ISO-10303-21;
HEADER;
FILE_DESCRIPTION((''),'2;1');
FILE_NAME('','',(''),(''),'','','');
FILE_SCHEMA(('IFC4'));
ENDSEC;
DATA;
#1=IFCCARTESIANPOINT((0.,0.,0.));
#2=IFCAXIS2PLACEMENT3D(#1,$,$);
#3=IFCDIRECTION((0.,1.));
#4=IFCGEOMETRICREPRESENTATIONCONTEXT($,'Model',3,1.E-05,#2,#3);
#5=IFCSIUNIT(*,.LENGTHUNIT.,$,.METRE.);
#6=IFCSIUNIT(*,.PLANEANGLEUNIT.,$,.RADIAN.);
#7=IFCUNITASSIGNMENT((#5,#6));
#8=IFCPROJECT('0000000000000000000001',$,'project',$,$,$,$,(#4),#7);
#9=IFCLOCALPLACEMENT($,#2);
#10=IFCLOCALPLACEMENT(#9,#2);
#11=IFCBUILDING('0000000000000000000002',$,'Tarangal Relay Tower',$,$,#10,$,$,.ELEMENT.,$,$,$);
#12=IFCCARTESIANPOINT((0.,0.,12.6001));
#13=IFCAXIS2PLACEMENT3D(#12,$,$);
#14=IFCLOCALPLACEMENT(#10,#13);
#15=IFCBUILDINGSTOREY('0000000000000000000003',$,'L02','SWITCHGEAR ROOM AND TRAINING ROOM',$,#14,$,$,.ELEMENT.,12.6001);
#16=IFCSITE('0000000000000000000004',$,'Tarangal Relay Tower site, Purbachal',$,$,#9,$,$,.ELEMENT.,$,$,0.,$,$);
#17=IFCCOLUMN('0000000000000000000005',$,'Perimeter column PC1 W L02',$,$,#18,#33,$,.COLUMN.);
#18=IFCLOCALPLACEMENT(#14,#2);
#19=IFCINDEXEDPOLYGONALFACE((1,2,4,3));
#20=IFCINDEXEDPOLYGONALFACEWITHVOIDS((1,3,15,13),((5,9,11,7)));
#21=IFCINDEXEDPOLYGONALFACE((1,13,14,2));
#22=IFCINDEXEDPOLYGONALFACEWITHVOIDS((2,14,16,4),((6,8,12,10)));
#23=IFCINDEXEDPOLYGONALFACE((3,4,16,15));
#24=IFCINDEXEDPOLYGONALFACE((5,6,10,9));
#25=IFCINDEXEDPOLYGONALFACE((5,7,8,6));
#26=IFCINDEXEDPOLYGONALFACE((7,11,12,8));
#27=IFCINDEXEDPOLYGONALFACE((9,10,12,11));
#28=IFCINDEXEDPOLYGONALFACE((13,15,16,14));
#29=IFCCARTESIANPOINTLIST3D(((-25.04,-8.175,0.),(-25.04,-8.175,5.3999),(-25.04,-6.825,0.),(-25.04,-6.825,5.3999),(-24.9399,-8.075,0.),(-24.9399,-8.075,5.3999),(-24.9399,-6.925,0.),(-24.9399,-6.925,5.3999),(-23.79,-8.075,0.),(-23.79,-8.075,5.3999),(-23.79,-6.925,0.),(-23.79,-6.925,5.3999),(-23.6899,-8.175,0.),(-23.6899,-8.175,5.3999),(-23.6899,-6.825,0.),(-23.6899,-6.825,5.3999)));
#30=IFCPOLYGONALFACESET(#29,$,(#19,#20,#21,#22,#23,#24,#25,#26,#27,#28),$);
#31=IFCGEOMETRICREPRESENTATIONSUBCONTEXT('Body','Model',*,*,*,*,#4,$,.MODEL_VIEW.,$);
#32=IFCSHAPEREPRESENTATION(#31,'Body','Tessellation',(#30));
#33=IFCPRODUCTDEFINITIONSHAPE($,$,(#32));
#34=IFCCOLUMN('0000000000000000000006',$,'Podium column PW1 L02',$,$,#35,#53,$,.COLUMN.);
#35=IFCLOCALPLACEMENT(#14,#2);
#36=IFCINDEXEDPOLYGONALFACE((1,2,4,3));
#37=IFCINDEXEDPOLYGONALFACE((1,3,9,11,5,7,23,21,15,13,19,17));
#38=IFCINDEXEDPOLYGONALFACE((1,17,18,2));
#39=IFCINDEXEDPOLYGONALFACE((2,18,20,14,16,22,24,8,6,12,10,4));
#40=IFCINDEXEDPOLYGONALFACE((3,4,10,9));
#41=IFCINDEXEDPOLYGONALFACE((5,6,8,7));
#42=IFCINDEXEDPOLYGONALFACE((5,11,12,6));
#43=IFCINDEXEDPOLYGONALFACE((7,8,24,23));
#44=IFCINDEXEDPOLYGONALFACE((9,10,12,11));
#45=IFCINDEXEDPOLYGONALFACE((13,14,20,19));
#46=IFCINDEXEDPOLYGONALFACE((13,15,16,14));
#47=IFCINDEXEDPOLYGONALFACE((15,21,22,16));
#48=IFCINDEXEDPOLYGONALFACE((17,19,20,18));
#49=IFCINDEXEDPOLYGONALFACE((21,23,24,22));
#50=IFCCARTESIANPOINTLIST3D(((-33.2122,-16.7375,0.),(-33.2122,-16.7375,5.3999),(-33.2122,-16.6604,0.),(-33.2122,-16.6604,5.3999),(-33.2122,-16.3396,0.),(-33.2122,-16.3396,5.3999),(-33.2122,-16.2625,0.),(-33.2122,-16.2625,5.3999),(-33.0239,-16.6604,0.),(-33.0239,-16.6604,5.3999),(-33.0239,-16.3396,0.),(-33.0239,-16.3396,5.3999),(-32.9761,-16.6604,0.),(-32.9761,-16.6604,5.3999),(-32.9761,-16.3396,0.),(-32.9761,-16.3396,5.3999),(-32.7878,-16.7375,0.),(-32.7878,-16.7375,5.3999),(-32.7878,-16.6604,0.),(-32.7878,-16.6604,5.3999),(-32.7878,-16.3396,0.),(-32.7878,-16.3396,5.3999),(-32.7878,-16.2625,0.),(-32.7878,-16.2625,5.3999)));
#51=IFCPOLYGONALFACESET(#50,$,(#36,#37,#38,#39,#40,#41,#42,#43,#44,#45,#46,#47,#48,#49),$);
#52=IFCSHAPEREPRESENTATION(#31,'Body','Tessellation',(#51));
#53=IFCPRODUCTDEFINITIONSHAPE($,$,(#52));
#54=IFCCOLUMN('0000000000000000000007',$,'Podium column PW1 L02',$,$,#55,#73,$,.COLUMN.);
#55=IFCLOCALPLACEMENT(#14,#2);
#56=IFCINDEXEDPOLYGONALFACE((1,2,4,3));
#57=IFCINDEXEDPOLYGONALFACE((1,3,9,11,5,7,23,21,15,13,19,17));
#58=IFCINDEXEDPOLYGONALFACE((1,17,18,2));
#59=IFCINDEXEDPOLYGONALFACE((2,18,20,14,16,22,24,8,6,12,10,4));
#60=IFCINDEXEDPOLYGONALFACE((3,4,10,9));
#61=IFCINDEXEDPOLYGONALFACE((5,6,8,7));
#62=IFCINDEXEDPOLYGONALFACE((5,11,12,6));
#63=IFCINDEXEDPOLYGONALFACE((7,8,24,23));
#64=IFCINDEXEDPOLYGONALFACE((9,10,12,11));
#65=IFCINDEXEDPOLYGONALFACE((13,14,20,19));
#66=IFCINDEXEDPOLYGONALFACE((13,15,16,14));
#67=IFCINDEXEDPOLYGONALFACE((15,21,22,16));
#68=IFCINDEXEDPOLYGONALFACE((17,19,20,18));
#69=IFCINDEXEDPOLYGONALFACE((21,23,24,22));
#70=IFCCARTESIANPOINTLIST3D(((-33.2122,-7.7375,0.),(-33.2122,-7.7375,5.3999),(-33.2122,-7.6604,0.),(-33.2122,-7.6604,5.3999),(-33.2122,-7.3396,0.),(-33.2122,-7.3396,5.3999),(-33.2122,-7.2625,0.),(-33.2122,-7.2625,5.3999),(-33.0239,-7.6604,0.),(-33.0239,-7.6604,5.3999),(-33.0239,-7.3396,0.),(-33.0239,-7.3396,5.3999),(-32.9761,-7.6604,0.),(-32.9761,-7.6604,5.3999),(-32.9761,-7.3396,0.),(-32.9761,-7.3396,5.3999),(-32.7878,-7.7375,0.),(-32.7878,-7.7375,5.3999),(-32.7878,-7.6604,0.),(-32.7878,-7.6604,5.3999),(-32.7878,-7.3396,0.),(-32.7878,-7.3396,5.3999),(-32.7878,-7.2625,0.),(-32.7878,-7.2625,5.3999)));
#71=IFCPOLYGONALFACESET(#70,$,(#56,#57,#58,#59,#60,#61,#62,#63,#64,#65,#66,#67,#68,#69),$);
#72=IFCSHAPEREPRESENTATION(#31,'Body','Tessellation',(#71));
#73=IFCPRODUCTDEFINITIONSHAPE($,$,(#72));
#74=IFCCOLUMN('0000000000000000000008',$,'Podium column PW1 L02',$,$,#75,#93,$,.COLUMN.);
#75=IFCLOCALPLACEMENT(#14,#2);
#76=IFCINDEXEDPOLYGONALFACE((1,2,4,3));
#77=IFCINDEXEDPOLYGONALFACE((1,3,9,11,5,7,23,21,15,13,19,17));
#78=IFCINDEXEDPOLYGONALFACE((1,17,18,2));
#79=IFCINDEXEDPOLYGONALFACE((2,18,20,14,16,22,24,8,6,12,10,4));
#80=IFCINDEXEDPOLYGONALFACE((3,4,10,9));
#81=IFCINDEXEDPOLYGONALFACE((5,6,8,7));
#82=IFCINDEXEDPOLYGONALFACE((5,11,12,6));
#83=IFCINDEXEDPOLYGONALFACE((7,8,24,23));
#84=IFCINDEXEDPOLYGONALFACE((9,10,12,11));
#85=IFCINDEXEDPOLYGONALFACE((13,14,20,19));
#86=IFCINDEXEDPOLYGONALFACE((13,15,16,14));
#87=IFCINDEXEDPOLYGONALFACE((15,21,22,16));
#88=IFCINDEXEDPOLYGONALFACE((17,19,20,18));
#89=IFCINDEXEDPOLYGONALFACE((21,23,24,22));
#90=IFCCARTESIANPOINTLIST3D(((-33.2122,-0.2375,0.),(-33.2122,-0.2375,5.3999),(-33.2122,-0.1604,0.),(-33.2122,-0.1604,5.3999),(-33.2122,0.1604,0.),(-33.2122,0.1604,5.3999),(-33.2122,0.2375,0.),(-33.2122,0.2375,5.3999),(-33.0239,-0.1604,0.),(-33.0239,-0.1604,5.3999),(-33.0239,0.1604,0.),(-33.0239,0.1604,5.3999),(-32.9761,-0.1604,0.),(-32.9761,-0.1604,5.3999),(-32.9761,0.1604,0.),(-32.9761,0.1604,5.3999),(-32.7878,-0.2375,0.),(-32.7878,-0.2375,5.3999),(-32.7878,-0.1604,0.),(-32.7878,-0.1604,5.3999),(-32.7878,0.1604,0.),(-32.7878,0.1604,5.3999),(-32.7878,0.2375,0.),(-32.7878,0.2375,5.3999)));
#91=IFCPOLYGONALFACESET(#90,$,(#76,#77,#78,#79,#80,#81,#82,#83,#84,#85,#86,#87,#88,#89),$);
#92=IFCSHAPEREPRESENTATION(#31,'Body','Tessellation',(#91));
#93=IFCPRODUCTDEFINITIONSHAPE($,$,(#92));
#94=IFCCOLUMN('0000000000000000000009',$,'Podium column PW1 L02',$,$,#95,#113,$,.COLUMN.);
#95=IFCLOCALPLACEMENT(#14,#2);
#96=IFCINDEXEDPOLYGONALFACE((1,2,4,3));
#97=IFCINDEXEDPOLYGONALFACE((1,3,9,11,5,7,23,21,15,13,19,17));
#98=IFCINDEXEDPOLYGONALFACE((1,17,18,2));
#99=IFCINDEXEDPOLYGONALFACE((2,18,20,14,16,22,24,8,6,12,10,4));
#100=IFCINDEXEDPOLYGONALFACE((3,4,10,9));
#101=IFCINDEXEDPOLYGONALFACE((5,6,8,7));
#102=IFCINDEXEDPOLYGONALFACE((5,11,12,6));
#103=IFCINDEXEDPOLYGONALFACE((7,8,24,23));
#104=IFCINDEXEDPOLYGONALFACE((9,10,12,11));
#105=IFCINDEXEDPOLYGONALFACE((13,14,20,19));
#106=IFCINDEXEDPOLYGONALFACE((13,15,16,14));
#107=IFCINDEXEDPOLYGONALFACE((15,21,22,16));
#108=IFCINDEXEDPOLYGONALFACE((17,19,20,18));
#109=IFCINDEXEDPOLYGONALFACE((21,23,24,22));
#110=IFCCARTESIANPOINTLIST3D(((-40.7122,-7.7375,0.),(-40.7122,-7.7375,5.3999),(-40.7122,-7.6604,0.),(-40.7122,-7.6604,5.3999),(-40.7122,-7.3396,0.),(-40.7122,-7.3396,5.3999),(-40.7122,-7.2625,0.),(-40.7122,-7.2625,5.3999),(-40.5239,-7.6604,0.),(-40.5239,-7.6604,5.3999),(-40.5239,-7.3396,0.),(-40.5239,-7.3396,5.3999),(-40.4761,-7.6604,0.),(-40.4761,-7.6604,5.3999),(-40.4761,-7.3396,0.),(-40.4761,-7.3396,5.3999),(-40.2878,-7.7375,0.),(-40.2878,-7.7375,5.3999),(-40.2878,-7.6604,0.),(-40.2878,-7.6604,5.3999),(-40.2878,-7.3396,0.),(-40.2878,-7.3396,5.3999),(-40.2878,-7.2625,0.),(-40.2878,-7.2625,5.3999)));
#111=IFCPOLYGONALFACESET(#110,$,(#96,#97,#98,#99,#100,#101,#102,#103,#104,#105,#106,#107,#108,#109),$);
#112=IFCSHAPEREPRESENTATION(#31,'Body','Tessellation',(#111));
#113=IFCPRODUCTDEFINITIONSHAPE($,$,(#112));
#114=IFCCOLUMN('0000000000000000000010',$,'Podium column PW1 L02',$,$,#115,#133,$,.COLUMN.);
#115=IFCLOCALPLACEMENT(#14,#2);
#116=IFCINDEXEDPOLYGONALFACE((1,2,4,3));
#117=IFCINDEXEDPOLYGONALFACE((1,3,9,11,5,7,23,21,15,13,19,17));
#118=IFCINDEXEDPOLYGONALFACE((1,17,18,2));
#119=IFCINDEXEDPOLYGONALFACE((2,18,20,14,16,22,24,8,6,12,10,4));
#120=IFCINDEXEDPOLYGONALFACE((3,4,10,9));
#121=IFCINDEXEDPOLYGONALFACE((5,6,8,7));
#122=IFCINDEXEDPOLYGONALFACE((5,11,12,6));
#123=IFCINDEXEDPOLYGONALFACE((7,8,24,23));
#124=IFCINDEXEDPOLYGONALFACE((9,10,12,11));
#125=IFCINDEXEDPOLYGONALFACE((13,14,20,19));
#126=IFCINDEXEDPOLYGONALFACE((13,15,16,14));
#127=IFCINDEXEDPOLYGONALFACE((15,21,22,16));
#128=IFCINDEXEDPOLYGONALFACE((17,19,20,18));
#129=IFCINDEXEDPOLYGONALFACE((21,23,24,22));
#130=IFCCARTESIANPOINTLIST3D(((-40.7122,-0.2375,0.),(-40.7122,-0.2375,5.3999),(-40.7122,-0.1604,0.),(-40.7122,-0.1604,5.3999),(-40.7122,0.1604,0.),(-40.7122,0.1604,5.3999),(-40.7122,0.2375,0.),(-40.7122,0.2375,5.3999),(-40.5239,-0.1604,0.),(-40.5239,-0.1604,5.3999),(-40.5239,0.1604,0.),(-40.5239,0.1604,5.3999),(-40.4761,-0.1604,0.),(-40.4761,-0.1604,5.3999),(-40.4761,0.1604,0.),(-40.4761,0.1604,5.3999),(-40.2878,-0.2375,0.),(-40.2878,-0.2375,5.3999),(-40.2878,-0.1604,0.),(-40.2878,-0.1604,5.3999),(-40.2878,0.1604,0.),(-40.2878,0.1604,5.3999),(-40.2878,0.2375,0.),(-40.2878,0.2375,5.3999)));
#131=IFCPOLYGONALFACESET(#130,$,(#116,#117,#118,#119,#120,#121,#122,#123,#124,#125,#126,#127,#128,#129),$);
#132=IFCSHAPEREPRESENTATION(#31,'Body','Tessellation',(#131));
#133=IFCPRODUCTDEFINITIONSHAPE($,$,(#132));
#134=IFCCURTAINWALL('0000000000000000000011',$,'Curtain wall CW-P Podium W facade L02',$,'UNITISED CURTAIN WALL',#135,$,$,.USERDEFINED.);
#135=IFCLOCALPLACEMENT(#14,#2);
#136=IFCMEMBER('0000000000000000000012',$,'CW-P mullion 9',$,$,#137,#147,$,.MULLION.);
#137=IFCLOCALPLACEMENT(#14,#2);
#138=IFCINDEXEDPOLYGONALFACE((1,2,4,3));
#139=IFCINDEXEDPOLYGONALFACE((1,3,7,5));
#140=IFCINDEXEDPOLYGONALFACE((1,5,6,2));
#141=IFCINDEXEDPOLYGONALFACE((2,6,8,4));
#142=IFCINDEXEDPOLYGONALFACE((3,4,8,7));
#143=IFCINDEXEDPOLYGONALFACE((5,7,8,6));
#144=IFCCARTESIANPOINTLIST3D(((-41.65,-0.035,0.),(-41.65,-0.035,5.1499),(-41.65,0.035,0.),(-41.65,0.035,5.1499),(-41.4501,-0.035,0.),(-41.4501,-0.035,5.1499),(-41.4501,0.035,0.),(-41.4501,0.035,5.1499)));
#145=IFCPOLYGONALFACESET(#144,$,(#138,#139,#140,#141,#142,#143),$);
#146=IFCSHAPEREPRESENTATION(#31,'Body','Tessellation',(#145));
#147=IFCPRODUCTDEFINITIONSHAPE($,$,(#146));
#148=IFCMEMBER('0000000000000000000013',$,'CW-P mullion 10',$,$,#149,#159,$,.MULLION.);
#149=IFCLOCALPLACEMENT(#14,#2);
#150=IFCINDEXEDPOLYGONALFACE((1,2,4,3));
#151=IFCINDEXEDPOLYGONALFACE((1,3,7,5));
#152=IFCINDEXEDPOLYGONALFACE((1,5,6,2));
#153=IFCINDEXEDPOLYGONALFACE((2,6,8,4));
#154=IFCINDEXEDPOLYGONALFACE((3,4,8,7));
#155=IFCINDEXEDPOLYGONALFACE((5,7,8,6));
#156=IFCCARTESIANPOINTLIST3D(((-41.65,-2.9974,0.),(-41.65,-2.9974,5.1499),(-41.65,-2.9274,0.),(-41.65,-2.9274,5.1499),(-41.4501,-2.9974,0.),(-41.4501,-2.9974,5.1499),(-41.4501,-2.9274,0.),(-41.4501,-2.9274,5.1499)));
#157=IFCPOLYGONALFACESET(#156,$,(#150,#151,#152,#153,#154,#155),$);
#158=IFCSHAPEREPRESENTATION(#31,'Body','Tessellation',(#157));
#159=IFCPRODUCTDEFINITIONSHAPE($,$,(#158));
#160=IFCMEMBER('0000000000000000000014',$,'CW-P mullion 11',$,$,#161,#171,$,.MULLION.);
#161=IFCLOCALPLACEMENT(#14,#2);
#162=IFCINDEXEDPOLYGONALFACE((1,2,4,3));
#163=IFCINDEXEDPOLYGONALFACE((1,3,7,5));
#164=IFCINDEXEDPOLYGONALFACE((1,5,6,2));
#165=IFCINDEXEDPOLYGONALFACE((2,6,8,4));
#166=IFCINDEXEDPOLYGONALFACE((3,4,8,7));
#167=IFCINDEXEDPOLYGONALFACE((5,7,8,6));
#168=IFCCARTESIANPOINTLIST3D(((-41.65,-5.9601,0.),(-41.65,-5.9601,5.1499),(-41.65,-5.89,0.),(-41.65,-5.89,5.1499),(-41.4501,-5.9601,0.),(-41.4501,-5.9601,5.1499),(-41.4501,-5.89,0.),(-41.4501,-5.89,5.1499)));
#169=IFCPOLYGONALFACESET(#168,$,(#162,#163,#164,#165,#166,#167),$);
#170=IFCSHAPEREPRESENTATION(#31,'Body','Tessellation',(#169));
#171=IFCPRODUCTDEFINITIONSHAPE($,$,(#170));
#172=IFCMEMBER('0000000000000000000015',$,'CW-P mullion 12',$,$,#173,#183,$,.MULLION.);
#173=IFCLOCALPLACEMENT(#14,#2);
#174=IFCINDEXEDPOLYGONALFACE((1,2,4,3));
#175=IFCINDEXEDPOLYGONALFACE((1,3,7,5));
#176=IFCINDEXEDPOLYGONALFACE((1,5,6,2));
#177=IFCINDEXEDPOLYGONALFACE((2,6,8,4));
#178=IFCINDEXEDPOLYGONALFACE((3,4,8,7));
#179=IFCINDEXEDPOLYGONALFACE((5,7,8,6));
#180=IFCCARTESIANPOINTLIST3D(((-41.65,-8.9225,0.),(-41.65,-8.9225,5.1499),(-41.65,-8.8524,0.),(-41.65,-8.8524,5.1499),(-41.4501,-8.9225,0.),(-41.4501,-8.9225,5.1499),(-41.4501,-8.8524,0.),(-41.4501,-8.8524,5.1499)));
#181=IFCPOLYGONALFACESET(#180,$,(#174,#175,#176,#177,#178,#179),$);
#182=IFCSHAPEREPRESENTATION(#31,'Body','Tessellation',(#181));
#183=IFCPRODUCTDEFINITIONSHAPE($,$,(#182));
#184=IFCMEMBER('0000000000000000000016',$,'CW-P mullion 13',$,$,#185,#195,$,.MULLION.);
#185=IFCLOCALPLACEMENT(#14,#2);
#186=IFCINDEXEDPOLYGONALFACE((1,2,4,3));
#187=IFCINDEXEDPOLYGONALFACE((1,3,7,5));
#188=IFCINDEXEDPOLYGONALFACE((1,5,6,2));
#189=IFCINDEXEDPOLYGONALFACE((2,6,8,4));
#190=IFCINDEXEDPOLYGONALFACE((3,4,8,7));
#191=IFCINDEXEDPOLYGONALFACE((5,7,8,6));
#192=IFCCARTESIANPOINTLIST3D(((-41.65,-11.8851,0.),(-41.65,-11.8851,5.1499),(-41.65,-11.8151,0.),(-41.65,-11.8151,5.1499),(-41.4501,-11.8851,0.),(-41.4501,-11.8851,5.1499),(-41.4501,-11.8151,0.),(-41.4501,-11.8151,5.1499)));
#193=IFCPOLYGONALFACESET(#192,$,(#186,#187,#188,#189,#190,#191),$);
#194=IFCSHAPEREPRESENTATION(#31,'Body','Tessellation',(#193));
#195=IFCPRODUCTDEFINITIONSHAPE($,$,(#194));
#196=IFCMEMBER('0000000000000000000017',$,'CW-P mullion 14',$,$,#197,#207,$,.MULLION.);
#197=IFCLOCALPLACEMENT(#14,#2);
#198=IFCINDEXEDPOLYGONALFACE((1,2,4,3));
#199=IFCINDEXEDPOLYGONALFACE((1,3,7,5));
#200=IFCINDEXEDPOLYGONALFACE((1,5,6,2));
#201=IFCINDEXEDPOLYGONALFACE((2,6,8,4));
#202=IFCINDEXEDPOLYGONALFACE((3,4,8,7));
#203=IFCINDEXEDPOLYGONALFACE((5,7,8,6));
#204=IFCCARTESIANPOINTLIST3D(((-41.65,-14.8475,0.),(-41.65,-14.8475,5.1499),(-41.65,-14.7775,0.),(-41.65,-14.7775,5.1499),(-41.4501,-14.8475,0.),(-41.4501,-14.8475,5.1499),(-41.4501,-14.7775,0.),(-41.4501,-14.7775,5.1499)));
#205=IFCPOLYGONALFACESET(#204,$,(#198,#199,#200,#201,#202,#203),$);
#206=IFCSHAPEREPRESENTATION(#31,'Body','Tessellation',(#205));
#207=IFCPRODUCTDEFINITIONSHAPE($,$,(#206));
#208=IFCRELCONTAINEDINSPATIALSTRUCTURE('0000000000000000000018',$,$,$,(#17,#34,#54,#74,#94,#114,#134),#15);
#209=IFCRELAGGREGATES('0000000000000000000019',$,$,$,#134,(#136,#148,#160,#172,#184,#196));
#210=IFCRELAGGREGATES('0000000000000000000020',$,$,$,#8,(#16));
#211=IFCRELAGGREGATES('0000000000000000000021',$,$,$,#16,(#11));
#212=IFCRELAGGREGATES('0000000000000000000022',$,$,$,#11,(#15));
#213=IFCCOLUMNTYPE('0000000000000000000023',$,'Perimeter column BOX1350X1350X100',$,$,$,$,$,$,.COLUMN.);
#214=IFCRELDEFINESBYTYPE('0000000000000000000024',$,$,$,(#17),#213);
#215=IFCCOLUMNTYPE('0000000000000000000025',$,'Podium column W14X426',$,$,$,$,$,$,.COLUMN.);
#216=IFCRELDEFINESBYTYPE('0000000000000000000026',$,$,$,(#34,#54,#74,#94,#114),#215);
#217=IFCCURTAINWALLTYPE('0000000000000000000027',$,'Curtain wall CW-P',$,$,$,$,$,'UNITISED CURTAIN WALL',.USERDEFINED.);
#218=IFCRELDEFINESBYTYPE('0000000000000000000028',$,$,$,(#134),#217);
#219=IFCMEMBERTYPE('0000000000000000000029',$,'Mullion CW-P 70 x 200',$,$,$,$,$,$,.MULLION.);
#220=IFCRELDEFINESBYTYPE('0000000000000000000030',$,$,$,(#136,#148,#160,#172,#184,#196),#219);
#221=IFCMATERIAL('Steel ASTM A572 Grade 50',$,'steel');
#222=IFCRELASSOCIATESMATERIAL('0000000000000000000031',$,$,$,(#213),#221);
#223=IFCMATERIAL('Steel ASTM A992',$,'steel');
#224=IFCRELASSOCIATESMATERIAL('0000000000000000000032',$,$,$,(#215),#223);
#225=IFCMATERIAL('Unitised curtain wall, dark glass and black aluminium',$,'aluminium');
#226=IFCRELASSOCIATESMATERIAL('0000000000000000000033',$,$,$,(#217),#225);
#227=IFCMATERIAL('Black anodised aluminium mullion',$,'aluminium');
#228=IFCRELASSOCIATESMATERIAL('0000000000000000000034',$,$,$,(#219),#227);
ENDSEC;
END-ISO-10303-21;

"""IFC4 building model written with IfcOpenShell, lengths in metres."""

from ifc_helpers import new_model, si_unit, direction, frame, origin, origin_2d, place, context, subcontext, project, spatial, rectangle, hollow_rectangle, i_section, extrude, material, material_profile, profile_set, type_object, element, aggregate, save


model = new_model("IFC4")

# Units and contexts
model_context = context("Model", 3, precision=1e-05, world=origin(), true_north=direction((0.0, 1.0)))
body_context = subcontext(model_context, "Body", "Model", "MODEL_VIEW")
ifc_project = project(units=[si_unit("LENGTHUNIT", "METRE"), si_unit("PLANEANGLEUNIT", "RADIAN")], contexts=[model_context])

# Site, building, storey
site_placement = place(None, origin())
site = spatial("IfcSite", under=ifc_project, at=site_placement, Name="Tarangal Relay Tower site, Purbachal", CompositionType="ELEMENT", RefElevation=0.0)
building_placement = place(site_placement, origin())
building = spatial("IfcBuilding", under=site, at=building_placement, Name="Tarangal Relay Tower", CompositionType="ELEMENT")
storey_placement = place(building_placement, frame((0.0, 0.0, 12.6001)))
storey = spatial("IfcBuildingStorey", under=building, at=storey_placement, Name="L02", Description="SWITCHGEAR ROOM AND TRAINING ROOM", CompositionType="ELEMENT", Elevation=12.6001)

# Columns
ifc_material_1 = material(Name="Steel ASTM A572 Grade 50", Category="steel")
ifc_material_profile_1 = material_profile(ifc_material_1, hollow_rectangle(XDim=1.3501, YDim=1.3501, WallThickness=0.1001, at=origin_2d()), Name="BOX1350X1350X100")
ifc_profile_set_1 = profile_set([ifc_material_profile_1], Name="Steel ASTM A572 Grade 50")
column_type_1 = type_object("IfcColumnType", Name="Perimeter column BOX1350X1350X100", PredefinedType="COLUMN", material=ifc_profile_set_1)
column_placement = place(storey_placement, frame((-24.365, -7.5, 0.0), z_axis=(0.0, 0.0, 1.0), x_axis=(1.0, 0.0, 0.0)))
element("IfcColumn", 1, at=column_placement, inside=storey, type_object=column_type_1, Name="Perimeter column PC1 W L02", PredefinedType="COLUMN", context=body_context, shape_type="SweptSolid", body=[
    extrude(hollow_rectangle(XDim=1.3501, YDim=1.3501, WallThickness=0.1001, at=origin_2d()), origin(), (0.0, 0.0, 1.0), 5.3999),
])
ifc_material_2 = material(Name="Steel ASTM A992", Category="steel")
ifc_material_profile_2 = material_profile(ifc_material_2, i_section(OverallWidth=0.4243, OverallDepth=0.4751, WebThickness=0.0479, FlangeThickness=0.0771, at=origin_2d()), Name="W14X426")
ifc_profile_set_2 = profile_set([ifc_material_profile_2], Name="Steel ASTM A992")
column_type_2 = type_object("IfcColumnType", Name="Podium column W14X426", PredefinedType="COLUMN", material=ifc_profile_set_2)
for number, where, z_axis, x_axis, name in (
    (2, (-33.0, -16.5, 0.0), (0.0, 0.0, 1.0), (1.0, 0.0, 0.0), "Podium column PW1 L02"),
    (3, (-33.0, -7.5, 0.0), (0.0, 0.0, 1.0), (1.0, 0.0, 0.0), "Podium column PW1 L02"),
    (4, (-33.0, 0.0, 0.0), (0.0, 0.0, 1.0), (1.0, 0.0, 0.0), "Podium column PW1 L02"),
    (5, (-40.5, -7.5, 0.0), (0.0, 0.0, 1.0), (1.0, 0.0, 0.0), "Podium column PW1 L02"),
    (6, (-40.5, 0.0, 0.0), (0.0, 0.0, 1.0), (1.0, 0.0, 0.0), "Podium column PW1 L02"),
):
    element("IfcColumn", number, at=place(storey_placement, frame(where, z_axis=z_axis, x_axis=x_axis)), inside=storey, type_object=column_type_2, Name=name, PredefinedType="COLUMN", context=body_context, shape_type="SweptSolid", body=[
        extrude(i_section(OverallWidth=0.4243, OverallDepth=0.4751, WebThickness=0.0479, FlangeThickness=0.0771, at=origin_2d()), origin(), (0.0, 0.0, 1.0), 5.3999),
    ])

# Curtain wall, members
ifc_material_3 = material(Name="Unitised curtain wall, dark glass and black aluminium", Category="aluminium")
curtain_wall_type = type_object("IfcCurtainWallType", Name="Curtain wall CW-P", ElementType="UNITISED CURTAIN WALL", PredefinedType="USERDEFINED", material=ifc_material_3)
curtain_wall_placement = place(storey_placement, origin())
curtain_wall = element("IfcCurtainWall", 7, at=curtain_wall_placement, inside=storey, type_object=curtain_wall_type, Name="Curtain wall CW-P Podium W facade L02", ObjectType="UNITISED CURTAIN WALL", PredefinedType="USERDEFINED")
ifc_material_4 = material(Name="Black anodised aluminium mullion", Category="aluminium")
ifc_material_profile_3 = material_profile(ifc_material_4, rectangle(XDim=0.2, YDim=0.0701, at=origin_2d()), Name="CW-PM 70X200")
ifc_profile_set_3 = profile_set([ifc_material_profile_3], Name="Black anodised aluminium mullion")
member_type_1 = type_object("IfcMemberType", Name="Mullion CW-P 70 x 200", PredefinedType="MULLION", material=ifc_profile_set_3)
member_1_placement = place(storey_placement, frame((-41.55, 0.0, 0.0), z_axis=(0.0, 0.0, 1.0), x_axis=(1.0, 0.0, 0.0)))
member_1 = element("IfcMember", 8, at=member_1_placement, type_object=member_type_1, Name="CW-P mullion 9", PredefinedType="MULLION", context=body_context, shape_type="SweptSolid", body=[
    extrude(rectangle(XDim=0.2, YDim=0.0701, at=origin_2d()), origin(), (0.0, 0.0, 1.0), 5.1499),
])
member_2_placement = place(storey_placement, frame((-41.55, -2.9624, 0.0), z_axis=(0.0, 0.0, 1.0), x_axis=(1.0, 0.0, 0.0)))
member_2 = element("IfcMember", 9, at=member_2_placement, type_object=member_type_1, Name="CW-P mullion 10", PredefinedType="MULLION", context=body_context, shape_type="SweptSolid", body=[
    extrude(rectangle(XDim=0.2, YDim=0.0701, at=origin_2d()), origin(), (0.0, 0.0, 1.0), 5.1499),
])
member_3_placement = place(storey_placement, frame((-41.55, -5.925, 0.0), z_axis=(0.0, 0.0, 1.0), x_axis=(1.0, 0.0, 0.0)))
member_3 = element("IfcMember", 10, at=member_3_placement, type_object=member_type_1, Name="CW-P mullion 11", PredefinedType="MULLION", context=body_context, shape_type="SweptSolid", body=[
    extrude(rectangle(XDim=0.2, YDim=0.0701, at=origin_2d()), origin(), (0.0, 0.0, 1.0), 5.1499),
])
member_4_placement = place(storey_placement, frame((-41.55, -8.8875, 0.0), z_axis=(0.0, 0.0, 1.0), x_axis=(1.0, 0.0, 0.0)))
member_4 = element("IfcMember", 11, at=member_4_placement, type_object=member_type_1, Name="CW-P mullion 12", PredefinedType="MULLION", context=body_context, shape_type="SweptSolid", body=[
    extrude(rectangle(XDim=0.2, YDim=0.0701, at=origin_2d()), origin(), (0.0, 0.0, 1.0), 5.1499),
])
member_5_placement = place(storey_placement, frame((-41.55, -11.8501, 0.0), z_axis=(0.0, 0.0, 1.0), x_axis=(1.0, 0.0, 0.0)))
member_5 = element("IfcMember", 12, at=member_5_placement, type_object=member_type_1, Name="CW-P mullion 13", PredefinedType="MULLION", context=body_context, shape_type="SweptSolid", body=[
    extrude(rectangle(XDim=0.2, YDim=0.0701, at=origin_2d()), origin(), (0.0, 0.0, 1.0), 5.1499),
])
member_6_placement = place(storey_placement, frame((-41.55, -14.8125, 0.0), z_axis=(0.0, 0.0, 1.0), x_axis=(1.0, 0.0, 0.0)))
member_6 = element("IfcMember", 13, at=member_6_placement, type_object=member_type_1, Name="CW-P mullion 14", PredefinedType="MULLION", context=body_context, shape_type="SweptSolid", body=[
    extrude(rectangle(XDim=0.2, YDim=0.0701, at=origin_2d()), origin(), (0.0, 0.0, 1.0), 5.1499),
])

aggregate(curtain_wall, [member_1, member_2, member_3, member_4, member_5, member_6])

save(model, "model.ifc")
